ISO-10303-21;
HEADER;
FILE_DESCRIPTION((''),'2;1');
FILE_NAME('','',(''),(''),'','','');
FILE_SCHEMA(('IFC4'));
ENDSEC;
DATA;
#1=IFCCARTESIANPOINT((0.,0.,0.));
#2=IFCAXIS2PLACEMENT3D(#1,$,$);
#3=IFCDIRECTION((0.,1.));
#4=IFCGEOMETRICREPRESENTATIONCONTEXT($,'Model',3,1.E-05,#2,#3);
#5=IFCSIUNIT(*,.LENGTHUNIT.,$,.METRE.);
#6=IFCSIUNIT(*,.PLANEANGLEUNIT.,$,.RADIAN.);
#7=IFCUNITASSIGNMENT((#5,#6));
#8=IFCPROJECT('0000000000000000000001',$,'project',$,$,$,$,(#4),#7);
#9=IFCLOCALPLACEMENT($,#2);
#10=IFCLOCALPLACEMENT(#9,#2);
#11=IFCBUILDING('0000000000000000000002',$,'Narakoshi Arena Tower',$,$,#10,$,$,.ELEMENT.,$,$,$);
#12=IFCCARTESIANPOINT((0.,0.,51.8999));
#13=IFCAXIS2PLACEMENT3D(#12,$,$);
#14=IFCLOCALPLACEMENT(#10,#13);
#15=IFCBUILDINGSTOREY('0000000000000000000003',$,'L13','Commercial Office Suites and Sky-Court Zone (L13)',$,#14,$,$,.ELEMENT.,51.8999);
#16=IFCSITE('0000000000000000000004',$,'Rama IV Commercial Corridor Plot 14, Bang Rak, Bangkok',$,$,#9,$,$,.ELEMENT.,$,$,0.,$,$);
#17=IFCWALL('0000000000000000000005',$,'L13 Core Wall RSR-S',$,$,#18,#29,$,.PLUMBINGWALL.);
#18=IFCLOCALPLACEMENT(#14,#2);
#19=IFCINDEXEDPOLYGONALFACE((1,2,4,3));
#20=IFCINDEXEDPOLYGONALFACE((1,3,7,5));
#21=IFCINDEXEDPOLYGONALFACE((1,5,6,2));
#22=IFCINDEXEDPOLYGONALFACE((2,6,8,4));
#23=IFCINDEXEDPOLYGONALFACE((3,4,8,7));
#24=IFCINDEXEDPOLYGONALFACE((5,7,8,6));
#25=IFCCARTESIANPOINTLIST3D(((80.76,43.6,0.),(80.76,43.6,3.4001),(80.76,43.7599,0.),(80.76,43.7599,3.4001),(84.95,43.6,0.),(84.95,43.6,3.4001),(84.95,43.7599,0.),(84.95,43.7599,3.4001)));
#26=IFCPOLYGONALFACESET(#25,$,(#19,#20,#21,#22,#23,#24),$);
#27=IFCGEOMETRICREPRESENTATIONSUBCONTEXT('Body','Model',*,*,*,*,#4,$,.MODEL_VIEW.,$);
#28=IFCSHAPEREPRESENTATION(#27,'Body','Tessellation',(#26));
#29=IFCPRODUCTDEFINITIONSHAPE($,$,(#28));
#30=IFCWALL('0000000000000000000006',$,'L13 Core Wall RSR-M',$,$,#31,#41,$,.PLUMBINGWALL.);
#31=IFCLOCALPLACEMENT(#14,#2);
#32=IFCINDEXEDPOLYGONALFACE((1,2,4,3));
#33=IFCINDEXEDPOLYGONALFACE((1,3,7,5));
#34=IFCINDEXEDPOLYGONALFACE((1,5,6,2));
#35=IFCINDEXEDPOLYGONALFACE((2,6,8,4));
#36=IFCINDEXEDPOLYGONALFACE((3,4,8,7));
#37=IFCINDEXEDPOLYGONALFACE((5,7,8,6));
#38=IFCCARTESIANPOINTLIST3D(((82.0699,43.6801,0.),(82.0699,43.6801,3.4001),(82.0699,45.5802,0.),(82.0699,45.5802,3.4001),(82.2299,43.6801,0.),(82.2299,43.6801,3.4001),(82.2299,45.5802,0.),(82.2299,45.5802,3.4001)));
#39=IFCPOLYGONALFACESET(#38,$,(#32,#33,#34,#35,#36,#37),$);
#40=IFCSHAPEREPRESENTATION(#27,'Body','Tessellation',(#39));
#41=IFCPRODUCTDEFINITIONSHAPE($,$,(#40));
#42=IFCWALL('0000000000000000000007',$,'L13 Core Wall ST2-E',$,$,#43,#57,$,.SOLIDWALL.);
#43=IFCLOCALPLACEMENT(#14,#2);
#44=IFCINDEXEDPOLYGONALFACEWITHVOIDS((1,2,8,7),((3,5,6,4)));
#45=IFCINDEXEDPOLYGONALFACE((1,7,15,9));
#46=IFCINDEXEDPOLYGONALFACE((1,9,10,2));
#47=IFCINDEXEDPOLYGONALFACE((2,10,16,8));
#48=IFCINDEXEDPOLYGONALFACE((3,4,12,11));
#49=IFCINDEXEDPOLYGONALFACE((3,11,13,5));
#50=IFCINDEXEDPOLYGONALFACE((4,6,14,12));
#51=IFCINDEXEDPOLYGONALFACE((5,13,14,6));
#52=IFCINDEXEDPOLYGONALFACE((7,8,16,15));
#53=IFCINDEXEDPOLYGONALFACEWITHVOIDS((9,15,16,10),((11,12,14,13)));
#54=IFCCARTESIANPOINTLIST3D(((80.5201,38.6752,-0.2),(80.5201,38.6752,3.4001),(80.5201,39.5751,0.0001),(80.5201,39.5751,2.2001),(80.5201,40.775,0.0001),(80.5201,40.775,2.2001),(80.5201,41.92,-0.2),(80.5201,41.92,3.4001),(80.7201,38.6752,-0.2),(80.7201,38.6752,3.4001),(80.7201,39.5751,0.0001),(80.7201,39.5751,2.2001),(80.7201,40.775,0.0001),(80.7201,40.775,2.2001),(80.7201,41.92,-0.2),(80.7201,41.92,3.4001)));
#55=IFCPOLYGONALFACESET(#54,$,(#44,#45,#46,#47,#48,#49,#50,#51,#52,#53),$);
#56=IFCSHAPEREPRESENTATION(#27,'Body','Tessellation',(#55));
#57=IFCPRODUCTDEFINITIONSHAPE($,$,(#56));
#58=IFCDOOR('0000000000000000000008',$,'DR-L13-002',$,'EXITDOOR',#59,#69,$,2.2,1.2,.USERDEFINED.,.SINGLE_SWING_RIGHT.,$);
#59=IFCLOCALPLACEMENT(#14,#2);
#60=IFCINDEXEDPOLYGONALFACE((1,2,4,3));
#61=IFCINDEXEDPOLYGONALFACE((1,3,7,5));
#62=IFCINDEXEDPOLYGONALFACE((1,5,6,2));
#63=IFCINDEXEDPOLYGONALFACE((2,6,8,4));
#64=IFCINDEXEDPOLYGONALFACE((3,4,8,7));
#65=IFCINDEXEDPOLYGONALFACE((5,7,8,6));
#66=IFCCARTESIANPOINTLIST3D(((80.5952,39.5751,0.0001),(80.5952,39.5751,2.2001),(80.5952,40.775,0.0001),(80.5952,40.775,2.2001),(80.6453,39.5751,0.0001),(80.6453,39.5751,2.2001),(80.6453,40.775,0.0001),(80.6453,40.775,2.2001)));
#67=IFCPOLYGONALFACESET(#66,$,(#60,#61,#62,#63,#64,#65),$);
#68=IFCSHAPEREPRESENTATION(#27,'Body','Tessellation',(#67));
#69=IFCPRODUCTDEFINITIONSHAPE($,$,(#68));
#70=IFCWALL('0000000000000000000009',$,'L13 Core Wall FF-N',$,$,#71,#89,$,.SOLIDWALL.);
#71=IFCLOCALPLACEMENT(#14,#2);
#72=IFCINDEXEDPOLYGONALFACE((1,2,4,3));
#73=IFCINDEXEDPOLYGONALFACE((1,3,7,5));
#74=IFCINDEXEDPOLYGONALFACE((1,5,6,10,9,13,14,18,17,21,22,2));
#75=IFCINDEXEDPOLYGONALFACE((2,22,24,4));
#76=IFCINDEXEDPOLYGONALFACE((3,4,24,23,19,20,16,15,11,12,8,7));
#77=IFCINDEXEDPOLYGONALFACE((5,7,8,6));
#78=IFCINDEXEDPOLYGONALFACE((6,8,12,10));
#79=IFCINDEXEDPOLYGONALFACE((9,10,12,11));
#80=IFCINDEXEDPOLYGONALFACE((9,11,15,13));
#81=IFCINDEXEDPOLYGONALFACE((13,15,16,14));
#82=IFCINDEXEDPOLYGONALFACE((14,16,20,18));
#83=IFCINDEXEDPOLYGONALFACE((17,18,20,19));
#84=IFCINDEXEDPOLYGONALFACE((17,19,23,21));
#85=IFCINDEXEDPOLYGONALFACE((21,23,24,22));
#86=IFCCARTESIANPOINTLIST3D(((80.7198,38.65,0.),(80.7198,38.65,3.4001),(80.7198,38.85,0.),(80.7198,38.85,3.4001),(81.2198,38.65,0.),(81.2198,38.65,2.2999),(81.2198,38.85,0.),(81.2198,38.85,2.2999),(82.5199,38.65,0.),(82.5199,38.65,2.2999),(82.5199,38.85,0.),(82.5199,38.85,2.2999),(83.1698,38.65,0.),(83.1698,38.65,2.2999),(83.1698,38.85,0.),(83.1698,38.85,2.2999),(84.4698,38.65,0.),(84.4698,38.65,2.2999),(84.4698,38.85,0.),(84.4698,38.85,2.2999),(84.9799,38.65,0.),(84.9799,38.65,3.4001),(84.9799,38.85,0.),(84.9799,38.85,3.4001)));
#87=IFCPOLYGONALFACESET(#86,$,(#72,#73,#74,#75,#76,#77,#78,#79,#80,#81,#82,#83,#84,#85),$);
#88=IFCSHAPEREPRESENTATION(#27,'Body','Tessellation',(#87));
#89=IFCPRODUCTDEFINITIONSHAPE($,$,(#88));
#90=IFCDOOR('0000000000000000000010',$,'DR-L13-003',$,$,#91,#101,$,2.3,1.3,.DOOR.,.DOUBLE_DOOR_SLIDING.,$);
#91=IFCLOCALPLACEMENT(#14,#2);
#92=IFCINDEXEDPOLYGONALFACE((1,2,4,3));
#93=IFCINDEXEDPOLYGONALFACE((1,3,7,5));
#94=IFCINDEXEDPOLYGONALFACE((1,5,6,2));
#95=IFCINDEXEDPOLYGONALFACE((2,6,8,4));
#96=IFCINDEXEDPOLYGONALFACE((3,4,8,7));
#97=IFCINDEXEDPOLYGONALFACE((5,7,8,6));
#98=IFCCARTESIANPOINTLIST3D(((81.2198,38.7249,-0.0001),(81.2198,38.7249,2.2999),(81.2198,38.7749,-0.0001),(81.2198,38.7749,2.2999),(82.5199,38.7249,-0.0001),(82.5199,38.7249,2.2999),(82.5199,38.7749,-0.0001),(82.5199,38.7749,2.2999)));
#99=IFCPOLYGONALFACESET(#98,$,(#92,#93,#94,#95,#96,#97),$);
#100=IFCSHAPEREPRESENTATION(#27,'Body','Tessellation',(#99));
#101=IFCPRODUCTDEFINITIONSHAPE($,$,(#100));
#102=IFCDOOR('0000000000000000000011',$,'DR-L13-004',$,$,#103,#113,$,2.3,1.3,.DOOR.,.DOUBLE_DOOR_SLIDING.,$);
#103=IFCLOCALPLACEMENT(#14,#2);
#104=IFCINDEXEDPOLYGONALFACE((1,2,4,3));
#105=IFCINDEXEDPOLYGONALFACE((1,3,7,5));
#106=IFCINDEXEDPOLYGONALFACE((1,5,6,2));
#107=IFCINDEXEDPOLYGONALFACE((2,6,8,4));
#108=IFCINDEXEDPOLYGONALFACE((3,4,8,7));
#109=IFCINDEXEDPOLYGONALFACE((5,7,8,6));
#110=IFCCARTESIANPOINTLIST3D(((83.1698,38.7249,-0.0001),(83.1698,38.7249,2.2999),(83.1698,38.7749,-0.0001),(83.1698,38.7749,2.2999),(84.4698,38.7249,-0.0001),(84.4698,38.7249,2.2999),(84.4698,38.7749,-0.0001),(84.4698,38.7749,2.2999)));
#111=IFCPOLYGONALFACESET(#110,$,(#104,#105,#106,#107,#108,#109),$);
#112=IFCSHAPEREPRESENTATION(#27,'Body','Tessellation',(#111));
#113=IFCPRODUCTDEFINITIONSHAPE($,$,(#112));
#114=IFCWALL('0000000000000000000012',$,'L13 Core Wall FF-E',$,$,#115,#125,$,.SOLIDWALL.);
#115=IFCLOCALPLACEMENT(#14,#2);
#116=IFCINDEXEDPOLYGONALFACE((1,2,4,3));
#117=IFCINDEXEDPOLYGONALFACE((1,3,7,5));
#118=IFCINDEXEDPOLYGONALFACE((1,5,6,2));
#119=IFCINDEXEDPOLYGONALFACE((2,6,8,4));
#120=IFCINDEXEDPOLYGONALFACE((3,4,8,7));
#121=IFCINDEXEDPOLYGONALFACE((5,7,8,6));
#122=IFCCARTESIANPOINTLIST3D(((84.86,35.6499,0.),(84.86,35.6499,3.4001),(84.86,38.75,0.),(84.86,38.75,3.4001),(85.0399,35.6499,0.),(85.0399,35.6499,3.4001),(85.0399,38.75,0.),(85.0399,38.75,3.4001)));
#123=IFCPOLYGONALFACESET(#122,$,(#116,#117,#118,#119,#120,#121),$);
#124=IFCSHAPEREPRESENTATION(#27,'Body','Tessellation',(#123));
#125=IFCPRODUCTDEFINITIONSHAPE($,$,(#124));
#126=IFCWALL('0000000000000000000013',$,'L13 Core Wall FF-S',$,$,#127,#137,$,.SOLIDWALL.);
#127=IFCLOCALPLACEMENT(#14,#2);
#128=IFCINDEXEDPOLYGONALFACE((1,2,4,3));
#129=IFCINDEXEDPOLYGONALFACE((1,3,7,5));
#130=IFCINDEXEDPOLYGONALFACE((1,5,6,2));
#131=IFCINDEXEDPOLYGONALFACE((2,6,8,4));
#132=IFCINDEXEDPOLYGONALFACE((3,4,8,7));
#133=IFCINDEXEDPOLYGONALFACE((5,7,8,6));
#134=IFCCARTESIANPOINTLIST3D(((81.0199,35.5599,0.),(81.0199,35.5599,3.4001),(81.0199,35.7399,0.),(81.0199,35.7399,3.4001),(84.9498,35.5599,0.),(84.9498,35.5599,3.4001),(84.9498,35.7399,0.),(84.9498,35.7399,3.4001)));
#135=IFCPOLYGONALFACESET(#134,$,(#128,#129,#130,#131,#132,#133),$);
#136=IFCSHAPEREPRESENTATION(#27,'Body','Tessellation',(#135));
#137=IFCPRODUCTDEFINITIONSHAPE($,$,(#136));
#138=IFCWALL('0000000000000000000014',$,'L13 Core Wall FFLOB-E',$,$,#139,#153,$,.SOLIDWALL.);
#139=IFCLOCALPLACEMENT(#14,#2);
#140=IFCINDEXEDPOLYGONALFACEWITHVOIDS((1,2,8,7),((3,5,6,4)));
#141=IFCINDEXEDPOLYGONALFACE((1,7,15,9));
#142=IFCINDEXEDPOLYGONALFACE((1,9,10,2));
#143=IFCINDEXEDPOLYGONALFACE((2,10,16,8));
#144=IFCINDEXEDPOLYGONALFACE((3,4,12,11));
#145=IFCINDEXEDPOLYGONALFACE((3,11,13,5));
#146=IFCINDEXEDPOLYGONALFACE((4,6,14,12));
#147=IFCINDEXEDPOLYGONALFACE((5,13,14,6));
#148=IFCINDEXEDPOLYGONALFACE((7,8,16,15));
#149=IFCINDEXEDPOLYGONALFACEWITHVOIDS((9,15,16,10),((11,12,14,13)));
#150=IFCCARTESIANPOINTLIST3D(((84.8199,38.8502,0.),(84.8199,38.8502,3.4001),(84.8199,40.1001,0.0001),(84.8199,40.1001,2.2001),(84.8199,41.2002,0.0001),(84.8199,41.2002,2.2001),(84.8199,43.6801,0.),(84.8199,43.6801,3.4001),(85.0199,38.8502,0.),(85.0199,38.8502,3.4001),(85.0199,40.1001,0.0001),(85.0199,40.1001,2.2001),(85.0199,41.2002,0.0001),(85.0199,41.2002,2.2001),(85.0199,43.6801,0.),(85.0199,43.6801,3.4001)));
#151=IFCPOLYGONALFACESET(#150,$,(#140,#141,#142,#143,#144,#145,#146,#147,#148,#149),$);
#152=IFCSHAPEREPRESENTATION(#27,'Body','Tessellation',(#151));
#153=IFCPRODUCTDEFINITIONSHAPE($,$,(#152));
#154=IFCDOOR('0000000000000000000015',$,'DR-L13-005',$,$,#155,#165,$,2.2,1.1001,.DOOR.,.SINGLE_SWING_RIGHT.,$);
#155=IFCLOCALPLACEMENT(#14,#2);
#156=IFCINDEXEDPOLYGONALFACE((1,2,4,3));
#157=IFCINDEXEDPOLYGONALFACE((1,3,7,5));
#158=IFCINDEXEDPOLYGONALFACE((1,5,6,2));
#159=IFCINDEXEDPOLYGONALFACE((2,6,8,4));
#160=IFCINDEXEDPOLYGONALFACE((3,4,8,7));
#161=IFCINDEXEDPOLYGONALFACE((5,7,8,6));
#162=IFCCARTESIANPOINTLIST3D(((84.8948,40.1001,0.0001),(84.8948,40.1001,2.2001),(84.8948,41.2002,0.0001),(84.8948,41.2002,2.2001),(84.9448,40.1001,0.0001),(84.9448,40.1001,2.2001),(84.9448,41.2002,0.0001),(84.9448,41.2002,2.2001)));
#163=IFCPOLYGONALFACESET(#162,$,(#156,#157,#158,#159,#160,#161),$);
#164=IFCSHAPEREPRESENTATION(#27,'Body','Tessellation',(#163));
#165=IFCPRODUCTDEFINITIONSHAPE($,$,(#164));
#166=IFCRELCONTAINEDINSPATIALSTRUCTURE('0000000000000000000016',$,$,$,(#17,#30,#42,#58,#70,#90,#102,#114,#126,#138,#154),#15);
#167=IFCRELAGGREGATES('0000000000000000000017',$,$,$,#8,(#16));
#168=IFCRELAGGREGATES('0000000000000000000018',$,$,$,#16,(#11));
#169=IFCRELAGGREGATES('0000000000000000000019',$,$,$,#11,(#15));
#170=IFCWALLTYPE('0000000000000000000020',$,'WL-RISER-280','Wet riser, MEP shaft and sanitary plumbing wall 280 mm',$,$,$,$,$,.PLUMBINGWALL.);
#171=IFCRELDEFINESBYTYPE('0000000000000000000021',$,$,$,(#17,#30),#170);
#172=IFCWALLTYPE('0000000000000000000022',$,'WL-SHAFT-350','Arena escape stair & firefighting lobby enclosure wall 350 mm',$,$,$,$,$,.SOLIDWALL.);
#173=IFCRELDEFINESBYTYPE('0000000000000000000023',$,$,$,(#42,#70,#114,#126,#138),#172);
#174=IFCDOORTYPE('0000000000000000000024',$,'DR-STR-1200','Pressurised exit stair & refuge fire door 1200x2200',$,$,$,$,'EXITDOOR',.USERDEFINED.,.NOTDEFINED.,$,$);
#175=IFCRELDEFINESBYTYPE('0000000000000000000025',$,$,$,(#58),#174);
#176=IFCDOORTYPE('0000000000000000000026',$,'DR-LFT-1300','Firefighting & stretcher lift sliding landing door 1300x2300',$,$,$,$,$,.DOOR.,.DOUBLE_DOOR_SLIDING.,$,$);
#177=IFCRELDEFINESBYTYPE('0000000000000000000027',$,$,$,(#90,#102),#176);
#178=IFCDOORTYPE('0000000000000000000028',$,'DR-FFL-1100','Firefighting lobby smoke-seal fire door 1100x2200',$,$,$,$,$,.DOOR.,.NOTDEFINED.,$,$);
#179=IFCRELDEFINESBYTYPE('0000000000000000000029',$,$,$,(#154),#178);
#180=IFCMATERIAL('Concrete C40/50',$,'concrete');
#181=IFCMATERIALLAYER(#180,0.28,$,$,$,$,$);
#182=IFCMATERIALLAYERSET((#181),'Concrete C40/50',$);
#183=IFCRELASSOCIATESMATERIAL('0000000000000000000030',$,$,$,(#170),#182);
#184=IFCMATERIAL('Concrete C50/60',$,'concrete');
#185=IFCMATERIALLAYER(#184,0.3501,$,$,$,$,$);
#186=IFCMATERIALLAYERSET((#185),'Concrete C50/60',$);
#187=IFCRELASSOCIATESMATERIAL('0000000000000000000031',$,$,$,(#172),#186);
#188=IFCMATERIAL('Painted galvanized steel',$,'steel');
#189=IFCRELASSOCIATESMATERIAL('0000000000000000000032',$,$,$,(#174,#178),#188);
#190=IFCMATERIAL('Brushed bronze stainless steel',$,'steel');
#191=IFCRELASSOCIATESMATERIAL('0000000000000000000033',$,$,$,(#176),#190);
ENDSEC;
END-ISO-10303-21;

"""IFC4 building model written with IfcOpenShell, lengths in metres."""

from ifc_helpers import new_model, si_unit, direction, frame, frame_2d, origin, place, context, subcontext, project, spatial, rectangle, extrude, material, layer, layer_set, type_object, element, fill, save


model = new_model("IFC4")

# Units and contexts
model_context = context("Model", 3, precision=1e-05, world=origin(), true_north=direction((0.0, 1.0)))
body_context = subcontext(model_context, "Body", "Model", "MODEL_VIEW")
ifc_project = project(units=[si_unit("LENGTHUNIT", "METRE"), si_unit("PLANEANGLEUNIT", "RADIAN")], contexts=[model_context])

# Site, building, storey
site_placement = place(None, origin())
site = spatial("IfcSite", under=ifc_project, at=site_placement, Name="Rama IV Commercial Corridor Plot 14, Bang Rak, Bangkok", CompositionType="ELEMENT", RefElevation=0.0)
building_placement = place(site_placement, origin())
building = spatial("IfcBuilding", under=site, at=building_placement, Name="Narakoshi Arena Tower", CompositionType="ELEMENT")
storey_placement = place(building_placement, frame((0.0, 0.0, 51.8999)))
storey = spatial("IfcBuildingStorey", under=building, at=storey_placement, Name="L13", Description="Commercial Office Suites and Sky-Court Zone (L13)", CompositionType="ELEMENT", Elevation=51.8999)

# Walls
ifc_material_1 = material(Name="Concrete C40/50", Category="concrete")
ifc_layer_1 = layer(ifc_material_1, 0.28)
ifc_layer_set_1 = layer_set([ifc_layer_1], Name="Concrete C40/50")
wall_type_1 = type_object("IfcWallType", Name="WL-RISER-280", Description="Wet riser, MEP shaft and sanitary plumbing wall 280 mm", PredefinedType="PLUMBINGWALL", material=ifc_layer_set_1)
wall_1_placement = place(storey_placement, frame((80.76, 43.6799, 0.0), z_axis=(0.0, 0.0, 1.0), x_axis=(1.0, 0.0, 0.0)))
element("IfcWall", 1, at=wall_1_placement, inside=storey, type_object=wall_type_1, Name="L13 Core Wall RSR-S", PredefinedType="PLUMBINGWALL", context=body_context, shape_type="SweptSolid", body=[
    extrude(rectangle(XDim=4.1899, YDim=0.1599, at=frame_2d((2.095, 0.0))), origin(), (0.0, 0.0, 1.0), 3.4001),
])
wall_2_placement = place(storey_placement, frame((82.1499, 43.6799, 0.0), z_axis=(0.0, 0.0, 1.0), x_axis=(0.0, 1.0, 0.0)))
element("IfcWall", 2, at=wall_2_placement, inside=storey, type_object=wall_type_1, Name="L13 Core Wall RSR-M", PredefinedType="PLUMBINGWALL", context=body_context, shape_type="SweptSolid", body=[
    extrude(rectangle(XDim=1.9001, YDim=0.1599, at=frame_2d((0.9502, 0.0))), origin(), (0.0, 0.0, 1.0), 3.4001),
])

# Wall, opening, door
ifc_material_2 = material(Name="Concrete C50/60", Category="concrete")
ifc_layer_2 = layer(ifc_material_2, 0.3501)
ifc_layer_set_2 = layer_set([ifc_layer_2], Name="Concrete C50/60")
wall_type_2 = type_object("IfcWallType", Name="WL-SHAFT-350", Description="Arena escape stair & firefighting lobby enclosure wall 350 mm", PredefinedType="SOLIDWALL", material=ifc_layer_set_2)
wall_3_placement = place(storey_placement, frame((80.6201, 38.675, -0.2), z_axis=(0.0, 0.0, 1.0), x_axis=(0.0, 1.0, 0.0)))
wall_3 = element("IfcWall", 3, at=wall_3_placement, inside=storey, type_object=wall_type_2, Name="L13 Core Wall ST2-E", PredefinedType="SOLIDWALL", context=body_context, shape_type="SweptSolid", body=[
    extrude(rectangle(XDim=3.2449, YDim=0.2, at=frame_2d((1.6226, 0.0))), origin(), (0.0, 0.0, 1.0), 3.6001),
])
opening_1_placement = place(wall_3_placement, frame((0.8999, 0.0, 0.2)))
opening_1 = element("IfcOpeningElement", 4, at=opening_1_placement, cuts=wall_3, PredefinedType="OPENING", context=body_context, shape_type="SweptSolid", body=[
    extrude(rectangle(XDim=1.2, YDim=2.2, at=frame_2d((0.6001, 1.1001))), frame((0.0, 0.1099, 0.0), z_axis=(0.0, -1.0, 0.0), x_axis=(1.0, 0.0, 0.0)), (0.0, 0.0, 1.0), 0.22),
])
ifc_material_3 = material(Name="Painted galvanized steel", Category="steel")
door_type_1 = type_object("IfcDoorType", Name="DR-STR-1200", Description="Pressurised exit stair & refuge fire door 1200x2200", ElementType="EXITDOOR", OperationType="NOTDEFINED", PredefinedType="USERDEFINED", material=ifc_material_3)
door_1_placement = place(opening_1_placement, origin())
door_1 = element("IfcDoor", 5, at=door_1_placement, inside=storey, type_object=door_type_1, Name="DR-L13-002", ObjectType="EXITDOOR", OperationType="SINGLE_SWING_RIGHT", OverallHeight=2.2, OverallWidth=1.2, PredefinedType="USERDEFINED", context=body_context, shape_type="SweptSolid", body=[
    extrude(rectangle(XDim=1.2, YDim=2.2, at=frame_2d((0.6001, 1.1001))), frame((0.0, 0.0249, 0.0), z_axis=(0.0, -1.0, 0.0), x_axis=(1.0, 0.0, 0.0)), (0.0, 0.0, 1.0), 0.05),
])
fill(opening_1, door_1)

# Wall, openings, doors
wall_4_placement = place(storey_placement, frame((80.72, 38.75, 0.0), z_axis=(0.0, 0.0, 1.0), x_axis=(1.0, 0.0, 0.0)))
wall_4 = element("IfcWall", 6, at=wall_4_placement, inside=storey, type_object=wall_type_2, Name="L13 Core Wall FF-N", PredefinedType="SOLIDWALL", context=body_context, shape_type="SweptSolid", body=[
    extrude(rectangle(XDim=4.26, YDim=0.2, at=frame_2d((2.1299, 0.0))), origin(), (0.0, 0.0, 1.0), 3.4001),
])
opening_2_placement = place(wall_4_placement, frame((0.5, 0.0, 0.0)))
opening_2 = element("IfcOpeningElement", 7, at=opening_2_placement, cuts=wall_4, PredefinedType="OPENING", context=body_context, shape_type="SweptSolid", body=[
    extrude(rectangle(XDim=1.3, YDim=2.3, at=frame_2d((0.6499, 1.1499))), frame((0.0, 0.1099, 0.0), z_axis=(0.0, -1.0, 0.0), x_axis=(1.0, 0.0, 0.0)), (0.0, 0.0, 1.0), 0.22),
])
opening_3_placement = place(wall_4_placement, frame((2.45, 0.0, 0.0)))
opening_3 = element("IfcOpeningElement", 8, at=opening_3_placement, cuts=wall_4, PredefinedType="OPENING", context=body_context, shape_type="SweptSolid", body=[
    extrude(rectangle(XDim=1.3, YDim=2.3, at=frame_2d((0.6499, 1.1499))), frame((0.0, 0.1099, 0.0), z_axis=(0.0, -1.0, 0.0), x_axis=(1.0, 0.0, 0.0)), (0.0, 0.0, 1.0), 0.22),
])
ifc_material_4 = material(Name="Brushed bronze stainless steel", Category="steel")
door_type_2 = type_object("IfcDoorType", Name="DR-LFT-1300", Description="Firefighting & stretcher lift sliding landing door 1300x2300", OperationType="DOUBLE_DOOR_SLIDING", PredefinedType="DOOR", material=ifc_material_4)
door_2_placement = place(opening_2_placement, origin())
door_2 = element("IfcDoor", 9, at=door_2_placement, inside=storey, type_object=door_type_2, Name="DR-L13-003", OperationType="DOUBLE_DOOR_SLIDING", OverallHeight=2.3, OverallWidth=1.3, PredefinedType="DOOR", context=body_context, shape_type="SweptSolid", body=[
    extrude(rectangle(XDim=1.3, YDim=2.3, at=frame_2d((0.6499, 1.1499))), frame((0.0, 0.0249, 0.0), z_axis=(0.0, -1.0, 0.0), x_axis=(1.0, 0.0, 0.0)), (0.0, 0.0, 1.0), 0.05),
])
fill(opening_2, door_2)
door_3_placement = place(opening_3_placement, origin())
door_3 = element("IfcDoor", 10, at=door_3_placement, inside=storey, type_object=door_type_2, Name="DR-L13-004", OperationType="DOUBLE_DOOR_SLIDING", OverallHeight=2.3, OverallWidth=1.3, PredefinedType="DOOR", context=body_context, shape_type="SweptSolid", body=[
    extrude(rectangle(XDim=1.3, YDim=2.3, at=frame_2d((0.6499, 1.1499))), frame((0.0, 0.0249, 0.0), z_axis=(0.0, -1.0, 0.0), x_axis=(1.0, 0.0, 0.0)), (0.0, 0.0, 1.0), 0.05),
])
fill(opening_3, door_3)

# Walls
wall_5_placement = place(storey_placement, frame((84.95, 35.6499, 0.0), z_axis=(0.0, 0.0, 1.0), x_axis=(0.0, 1.0, 0.0)))
element("IfcWall", 11, at=wall_5_placement, inside=storey, type_object=wall_type_2, Name="L13 Core Wall FF-E", PredefinedType="SOLIDWALL", context=body_context, shape_type="SweptSolid", body=[
    extrude(rectangle(XDim=3.1001, YDim=0.1799, at=frame_2d((1.55, 0.0))), origin(), (0.0, 0.0, 1.0), 3.4001),
])
wall_6_placement = place(storey_placement, frame((81.02, 35.6499, 0.0), z_axis=(0.0, 0.0, 1.0), x_axis=(1.0, 0.0, 0.0)))
element("IfcWall", 12, at=wall_6_placement, inside=storey, type_object=wall_type_2, Name="L13 Core Wall FF-S", PredefinedType="SOLIDWALL", context=body_context, shape_type="SweptSolid", body=[
    extrude(rectangle(XDim=3.9299, YDim=0.1799, at=frame_2d((1.9648, 0.0))), origin(), (0.0, 0.0, 1.0), 3.4001),
])

# Wall, opening, door
wall_7_placement = place(storey_placement, frame((84.9199, 38.8501, 0.0), z_axis=(0.0, 0.0, 1.0), x_axis=(0.0, 1.0, 0.0)))
wall_7 = element("IfcWall", 13, at=wall_7_placement, inside=storey, type_object=wall_type_2, Name="L13 Core Wall FFLOB-E", PredefinedType="SOLIDWALL", context=body_context, shape_type="SweptSolid", body=[
    extrude(rectangle(XDim=4.8298, YDim=0.2, at=frame_2d((2.415, 0.0))), origin(), (0.0, 0.0, 1.0), 3.4001),
])
opening_4_placement = place(wall_7_placement, frame((1.25, 0.0, 0.0)))
opening_4 = element("IfcOpeningElement", 14, at=opening_4_placement, cuts=wall_7, PredefinedType="OPENING", context=body_context, shape_type="SweptSolid", body=[
    extrude(rectangle(XDim=1.1001, YDim=2.2, at=frame_2d((0.55, 1.1001))), frame((0.0, 0.1099, 0.0), z_axis=(0.0, -1.0, 0.0), x_axis=(1.0, 0.0, 0.0)), (0.0, 0.0, 1.0), 0.22),
])
door_type_3 = type_object("IfcDoorType", Name="DR-FFL-1100", Description="Firefighting lobby smoke-seal fire door 1100x2200", OperationType="NOTDEFINED", PredefinedType="DOOR", material=ifc_material_3)
door_4_placement = place(opening_4_placement, frame((1.1001, 0.0, 0.0), z_axis=(0.0, 0.0, 1.0), x_axis=(-1.0, 0.0, 0.0)))
door_4 = element("IfcDoor", 15, at=door_4_placement, inside=storey, type_object=door_type_3, Name="DR-L13-005", OperationType="SINGLE_SWING_RIGHT", OverallHeight=2.2, OverallWidth=1.1001, PredefinedType="DOOR", context=body_context, shape_type="SweptSolid", body=[
    extrude(rectangle(XDim=1.1001, YDim=2.2, at=frame_2d((0.55, 1.1001))), frame((0.0, 0.0249, 0.0), z_axis=(0.0, -1.0, 0.0), x_axis=(1.0, 0.0, 0.0)), (0.0, 0.0, 1.0), 0.05),
])
fill(opening_4, door_4)

save(model, "model.ifc")
